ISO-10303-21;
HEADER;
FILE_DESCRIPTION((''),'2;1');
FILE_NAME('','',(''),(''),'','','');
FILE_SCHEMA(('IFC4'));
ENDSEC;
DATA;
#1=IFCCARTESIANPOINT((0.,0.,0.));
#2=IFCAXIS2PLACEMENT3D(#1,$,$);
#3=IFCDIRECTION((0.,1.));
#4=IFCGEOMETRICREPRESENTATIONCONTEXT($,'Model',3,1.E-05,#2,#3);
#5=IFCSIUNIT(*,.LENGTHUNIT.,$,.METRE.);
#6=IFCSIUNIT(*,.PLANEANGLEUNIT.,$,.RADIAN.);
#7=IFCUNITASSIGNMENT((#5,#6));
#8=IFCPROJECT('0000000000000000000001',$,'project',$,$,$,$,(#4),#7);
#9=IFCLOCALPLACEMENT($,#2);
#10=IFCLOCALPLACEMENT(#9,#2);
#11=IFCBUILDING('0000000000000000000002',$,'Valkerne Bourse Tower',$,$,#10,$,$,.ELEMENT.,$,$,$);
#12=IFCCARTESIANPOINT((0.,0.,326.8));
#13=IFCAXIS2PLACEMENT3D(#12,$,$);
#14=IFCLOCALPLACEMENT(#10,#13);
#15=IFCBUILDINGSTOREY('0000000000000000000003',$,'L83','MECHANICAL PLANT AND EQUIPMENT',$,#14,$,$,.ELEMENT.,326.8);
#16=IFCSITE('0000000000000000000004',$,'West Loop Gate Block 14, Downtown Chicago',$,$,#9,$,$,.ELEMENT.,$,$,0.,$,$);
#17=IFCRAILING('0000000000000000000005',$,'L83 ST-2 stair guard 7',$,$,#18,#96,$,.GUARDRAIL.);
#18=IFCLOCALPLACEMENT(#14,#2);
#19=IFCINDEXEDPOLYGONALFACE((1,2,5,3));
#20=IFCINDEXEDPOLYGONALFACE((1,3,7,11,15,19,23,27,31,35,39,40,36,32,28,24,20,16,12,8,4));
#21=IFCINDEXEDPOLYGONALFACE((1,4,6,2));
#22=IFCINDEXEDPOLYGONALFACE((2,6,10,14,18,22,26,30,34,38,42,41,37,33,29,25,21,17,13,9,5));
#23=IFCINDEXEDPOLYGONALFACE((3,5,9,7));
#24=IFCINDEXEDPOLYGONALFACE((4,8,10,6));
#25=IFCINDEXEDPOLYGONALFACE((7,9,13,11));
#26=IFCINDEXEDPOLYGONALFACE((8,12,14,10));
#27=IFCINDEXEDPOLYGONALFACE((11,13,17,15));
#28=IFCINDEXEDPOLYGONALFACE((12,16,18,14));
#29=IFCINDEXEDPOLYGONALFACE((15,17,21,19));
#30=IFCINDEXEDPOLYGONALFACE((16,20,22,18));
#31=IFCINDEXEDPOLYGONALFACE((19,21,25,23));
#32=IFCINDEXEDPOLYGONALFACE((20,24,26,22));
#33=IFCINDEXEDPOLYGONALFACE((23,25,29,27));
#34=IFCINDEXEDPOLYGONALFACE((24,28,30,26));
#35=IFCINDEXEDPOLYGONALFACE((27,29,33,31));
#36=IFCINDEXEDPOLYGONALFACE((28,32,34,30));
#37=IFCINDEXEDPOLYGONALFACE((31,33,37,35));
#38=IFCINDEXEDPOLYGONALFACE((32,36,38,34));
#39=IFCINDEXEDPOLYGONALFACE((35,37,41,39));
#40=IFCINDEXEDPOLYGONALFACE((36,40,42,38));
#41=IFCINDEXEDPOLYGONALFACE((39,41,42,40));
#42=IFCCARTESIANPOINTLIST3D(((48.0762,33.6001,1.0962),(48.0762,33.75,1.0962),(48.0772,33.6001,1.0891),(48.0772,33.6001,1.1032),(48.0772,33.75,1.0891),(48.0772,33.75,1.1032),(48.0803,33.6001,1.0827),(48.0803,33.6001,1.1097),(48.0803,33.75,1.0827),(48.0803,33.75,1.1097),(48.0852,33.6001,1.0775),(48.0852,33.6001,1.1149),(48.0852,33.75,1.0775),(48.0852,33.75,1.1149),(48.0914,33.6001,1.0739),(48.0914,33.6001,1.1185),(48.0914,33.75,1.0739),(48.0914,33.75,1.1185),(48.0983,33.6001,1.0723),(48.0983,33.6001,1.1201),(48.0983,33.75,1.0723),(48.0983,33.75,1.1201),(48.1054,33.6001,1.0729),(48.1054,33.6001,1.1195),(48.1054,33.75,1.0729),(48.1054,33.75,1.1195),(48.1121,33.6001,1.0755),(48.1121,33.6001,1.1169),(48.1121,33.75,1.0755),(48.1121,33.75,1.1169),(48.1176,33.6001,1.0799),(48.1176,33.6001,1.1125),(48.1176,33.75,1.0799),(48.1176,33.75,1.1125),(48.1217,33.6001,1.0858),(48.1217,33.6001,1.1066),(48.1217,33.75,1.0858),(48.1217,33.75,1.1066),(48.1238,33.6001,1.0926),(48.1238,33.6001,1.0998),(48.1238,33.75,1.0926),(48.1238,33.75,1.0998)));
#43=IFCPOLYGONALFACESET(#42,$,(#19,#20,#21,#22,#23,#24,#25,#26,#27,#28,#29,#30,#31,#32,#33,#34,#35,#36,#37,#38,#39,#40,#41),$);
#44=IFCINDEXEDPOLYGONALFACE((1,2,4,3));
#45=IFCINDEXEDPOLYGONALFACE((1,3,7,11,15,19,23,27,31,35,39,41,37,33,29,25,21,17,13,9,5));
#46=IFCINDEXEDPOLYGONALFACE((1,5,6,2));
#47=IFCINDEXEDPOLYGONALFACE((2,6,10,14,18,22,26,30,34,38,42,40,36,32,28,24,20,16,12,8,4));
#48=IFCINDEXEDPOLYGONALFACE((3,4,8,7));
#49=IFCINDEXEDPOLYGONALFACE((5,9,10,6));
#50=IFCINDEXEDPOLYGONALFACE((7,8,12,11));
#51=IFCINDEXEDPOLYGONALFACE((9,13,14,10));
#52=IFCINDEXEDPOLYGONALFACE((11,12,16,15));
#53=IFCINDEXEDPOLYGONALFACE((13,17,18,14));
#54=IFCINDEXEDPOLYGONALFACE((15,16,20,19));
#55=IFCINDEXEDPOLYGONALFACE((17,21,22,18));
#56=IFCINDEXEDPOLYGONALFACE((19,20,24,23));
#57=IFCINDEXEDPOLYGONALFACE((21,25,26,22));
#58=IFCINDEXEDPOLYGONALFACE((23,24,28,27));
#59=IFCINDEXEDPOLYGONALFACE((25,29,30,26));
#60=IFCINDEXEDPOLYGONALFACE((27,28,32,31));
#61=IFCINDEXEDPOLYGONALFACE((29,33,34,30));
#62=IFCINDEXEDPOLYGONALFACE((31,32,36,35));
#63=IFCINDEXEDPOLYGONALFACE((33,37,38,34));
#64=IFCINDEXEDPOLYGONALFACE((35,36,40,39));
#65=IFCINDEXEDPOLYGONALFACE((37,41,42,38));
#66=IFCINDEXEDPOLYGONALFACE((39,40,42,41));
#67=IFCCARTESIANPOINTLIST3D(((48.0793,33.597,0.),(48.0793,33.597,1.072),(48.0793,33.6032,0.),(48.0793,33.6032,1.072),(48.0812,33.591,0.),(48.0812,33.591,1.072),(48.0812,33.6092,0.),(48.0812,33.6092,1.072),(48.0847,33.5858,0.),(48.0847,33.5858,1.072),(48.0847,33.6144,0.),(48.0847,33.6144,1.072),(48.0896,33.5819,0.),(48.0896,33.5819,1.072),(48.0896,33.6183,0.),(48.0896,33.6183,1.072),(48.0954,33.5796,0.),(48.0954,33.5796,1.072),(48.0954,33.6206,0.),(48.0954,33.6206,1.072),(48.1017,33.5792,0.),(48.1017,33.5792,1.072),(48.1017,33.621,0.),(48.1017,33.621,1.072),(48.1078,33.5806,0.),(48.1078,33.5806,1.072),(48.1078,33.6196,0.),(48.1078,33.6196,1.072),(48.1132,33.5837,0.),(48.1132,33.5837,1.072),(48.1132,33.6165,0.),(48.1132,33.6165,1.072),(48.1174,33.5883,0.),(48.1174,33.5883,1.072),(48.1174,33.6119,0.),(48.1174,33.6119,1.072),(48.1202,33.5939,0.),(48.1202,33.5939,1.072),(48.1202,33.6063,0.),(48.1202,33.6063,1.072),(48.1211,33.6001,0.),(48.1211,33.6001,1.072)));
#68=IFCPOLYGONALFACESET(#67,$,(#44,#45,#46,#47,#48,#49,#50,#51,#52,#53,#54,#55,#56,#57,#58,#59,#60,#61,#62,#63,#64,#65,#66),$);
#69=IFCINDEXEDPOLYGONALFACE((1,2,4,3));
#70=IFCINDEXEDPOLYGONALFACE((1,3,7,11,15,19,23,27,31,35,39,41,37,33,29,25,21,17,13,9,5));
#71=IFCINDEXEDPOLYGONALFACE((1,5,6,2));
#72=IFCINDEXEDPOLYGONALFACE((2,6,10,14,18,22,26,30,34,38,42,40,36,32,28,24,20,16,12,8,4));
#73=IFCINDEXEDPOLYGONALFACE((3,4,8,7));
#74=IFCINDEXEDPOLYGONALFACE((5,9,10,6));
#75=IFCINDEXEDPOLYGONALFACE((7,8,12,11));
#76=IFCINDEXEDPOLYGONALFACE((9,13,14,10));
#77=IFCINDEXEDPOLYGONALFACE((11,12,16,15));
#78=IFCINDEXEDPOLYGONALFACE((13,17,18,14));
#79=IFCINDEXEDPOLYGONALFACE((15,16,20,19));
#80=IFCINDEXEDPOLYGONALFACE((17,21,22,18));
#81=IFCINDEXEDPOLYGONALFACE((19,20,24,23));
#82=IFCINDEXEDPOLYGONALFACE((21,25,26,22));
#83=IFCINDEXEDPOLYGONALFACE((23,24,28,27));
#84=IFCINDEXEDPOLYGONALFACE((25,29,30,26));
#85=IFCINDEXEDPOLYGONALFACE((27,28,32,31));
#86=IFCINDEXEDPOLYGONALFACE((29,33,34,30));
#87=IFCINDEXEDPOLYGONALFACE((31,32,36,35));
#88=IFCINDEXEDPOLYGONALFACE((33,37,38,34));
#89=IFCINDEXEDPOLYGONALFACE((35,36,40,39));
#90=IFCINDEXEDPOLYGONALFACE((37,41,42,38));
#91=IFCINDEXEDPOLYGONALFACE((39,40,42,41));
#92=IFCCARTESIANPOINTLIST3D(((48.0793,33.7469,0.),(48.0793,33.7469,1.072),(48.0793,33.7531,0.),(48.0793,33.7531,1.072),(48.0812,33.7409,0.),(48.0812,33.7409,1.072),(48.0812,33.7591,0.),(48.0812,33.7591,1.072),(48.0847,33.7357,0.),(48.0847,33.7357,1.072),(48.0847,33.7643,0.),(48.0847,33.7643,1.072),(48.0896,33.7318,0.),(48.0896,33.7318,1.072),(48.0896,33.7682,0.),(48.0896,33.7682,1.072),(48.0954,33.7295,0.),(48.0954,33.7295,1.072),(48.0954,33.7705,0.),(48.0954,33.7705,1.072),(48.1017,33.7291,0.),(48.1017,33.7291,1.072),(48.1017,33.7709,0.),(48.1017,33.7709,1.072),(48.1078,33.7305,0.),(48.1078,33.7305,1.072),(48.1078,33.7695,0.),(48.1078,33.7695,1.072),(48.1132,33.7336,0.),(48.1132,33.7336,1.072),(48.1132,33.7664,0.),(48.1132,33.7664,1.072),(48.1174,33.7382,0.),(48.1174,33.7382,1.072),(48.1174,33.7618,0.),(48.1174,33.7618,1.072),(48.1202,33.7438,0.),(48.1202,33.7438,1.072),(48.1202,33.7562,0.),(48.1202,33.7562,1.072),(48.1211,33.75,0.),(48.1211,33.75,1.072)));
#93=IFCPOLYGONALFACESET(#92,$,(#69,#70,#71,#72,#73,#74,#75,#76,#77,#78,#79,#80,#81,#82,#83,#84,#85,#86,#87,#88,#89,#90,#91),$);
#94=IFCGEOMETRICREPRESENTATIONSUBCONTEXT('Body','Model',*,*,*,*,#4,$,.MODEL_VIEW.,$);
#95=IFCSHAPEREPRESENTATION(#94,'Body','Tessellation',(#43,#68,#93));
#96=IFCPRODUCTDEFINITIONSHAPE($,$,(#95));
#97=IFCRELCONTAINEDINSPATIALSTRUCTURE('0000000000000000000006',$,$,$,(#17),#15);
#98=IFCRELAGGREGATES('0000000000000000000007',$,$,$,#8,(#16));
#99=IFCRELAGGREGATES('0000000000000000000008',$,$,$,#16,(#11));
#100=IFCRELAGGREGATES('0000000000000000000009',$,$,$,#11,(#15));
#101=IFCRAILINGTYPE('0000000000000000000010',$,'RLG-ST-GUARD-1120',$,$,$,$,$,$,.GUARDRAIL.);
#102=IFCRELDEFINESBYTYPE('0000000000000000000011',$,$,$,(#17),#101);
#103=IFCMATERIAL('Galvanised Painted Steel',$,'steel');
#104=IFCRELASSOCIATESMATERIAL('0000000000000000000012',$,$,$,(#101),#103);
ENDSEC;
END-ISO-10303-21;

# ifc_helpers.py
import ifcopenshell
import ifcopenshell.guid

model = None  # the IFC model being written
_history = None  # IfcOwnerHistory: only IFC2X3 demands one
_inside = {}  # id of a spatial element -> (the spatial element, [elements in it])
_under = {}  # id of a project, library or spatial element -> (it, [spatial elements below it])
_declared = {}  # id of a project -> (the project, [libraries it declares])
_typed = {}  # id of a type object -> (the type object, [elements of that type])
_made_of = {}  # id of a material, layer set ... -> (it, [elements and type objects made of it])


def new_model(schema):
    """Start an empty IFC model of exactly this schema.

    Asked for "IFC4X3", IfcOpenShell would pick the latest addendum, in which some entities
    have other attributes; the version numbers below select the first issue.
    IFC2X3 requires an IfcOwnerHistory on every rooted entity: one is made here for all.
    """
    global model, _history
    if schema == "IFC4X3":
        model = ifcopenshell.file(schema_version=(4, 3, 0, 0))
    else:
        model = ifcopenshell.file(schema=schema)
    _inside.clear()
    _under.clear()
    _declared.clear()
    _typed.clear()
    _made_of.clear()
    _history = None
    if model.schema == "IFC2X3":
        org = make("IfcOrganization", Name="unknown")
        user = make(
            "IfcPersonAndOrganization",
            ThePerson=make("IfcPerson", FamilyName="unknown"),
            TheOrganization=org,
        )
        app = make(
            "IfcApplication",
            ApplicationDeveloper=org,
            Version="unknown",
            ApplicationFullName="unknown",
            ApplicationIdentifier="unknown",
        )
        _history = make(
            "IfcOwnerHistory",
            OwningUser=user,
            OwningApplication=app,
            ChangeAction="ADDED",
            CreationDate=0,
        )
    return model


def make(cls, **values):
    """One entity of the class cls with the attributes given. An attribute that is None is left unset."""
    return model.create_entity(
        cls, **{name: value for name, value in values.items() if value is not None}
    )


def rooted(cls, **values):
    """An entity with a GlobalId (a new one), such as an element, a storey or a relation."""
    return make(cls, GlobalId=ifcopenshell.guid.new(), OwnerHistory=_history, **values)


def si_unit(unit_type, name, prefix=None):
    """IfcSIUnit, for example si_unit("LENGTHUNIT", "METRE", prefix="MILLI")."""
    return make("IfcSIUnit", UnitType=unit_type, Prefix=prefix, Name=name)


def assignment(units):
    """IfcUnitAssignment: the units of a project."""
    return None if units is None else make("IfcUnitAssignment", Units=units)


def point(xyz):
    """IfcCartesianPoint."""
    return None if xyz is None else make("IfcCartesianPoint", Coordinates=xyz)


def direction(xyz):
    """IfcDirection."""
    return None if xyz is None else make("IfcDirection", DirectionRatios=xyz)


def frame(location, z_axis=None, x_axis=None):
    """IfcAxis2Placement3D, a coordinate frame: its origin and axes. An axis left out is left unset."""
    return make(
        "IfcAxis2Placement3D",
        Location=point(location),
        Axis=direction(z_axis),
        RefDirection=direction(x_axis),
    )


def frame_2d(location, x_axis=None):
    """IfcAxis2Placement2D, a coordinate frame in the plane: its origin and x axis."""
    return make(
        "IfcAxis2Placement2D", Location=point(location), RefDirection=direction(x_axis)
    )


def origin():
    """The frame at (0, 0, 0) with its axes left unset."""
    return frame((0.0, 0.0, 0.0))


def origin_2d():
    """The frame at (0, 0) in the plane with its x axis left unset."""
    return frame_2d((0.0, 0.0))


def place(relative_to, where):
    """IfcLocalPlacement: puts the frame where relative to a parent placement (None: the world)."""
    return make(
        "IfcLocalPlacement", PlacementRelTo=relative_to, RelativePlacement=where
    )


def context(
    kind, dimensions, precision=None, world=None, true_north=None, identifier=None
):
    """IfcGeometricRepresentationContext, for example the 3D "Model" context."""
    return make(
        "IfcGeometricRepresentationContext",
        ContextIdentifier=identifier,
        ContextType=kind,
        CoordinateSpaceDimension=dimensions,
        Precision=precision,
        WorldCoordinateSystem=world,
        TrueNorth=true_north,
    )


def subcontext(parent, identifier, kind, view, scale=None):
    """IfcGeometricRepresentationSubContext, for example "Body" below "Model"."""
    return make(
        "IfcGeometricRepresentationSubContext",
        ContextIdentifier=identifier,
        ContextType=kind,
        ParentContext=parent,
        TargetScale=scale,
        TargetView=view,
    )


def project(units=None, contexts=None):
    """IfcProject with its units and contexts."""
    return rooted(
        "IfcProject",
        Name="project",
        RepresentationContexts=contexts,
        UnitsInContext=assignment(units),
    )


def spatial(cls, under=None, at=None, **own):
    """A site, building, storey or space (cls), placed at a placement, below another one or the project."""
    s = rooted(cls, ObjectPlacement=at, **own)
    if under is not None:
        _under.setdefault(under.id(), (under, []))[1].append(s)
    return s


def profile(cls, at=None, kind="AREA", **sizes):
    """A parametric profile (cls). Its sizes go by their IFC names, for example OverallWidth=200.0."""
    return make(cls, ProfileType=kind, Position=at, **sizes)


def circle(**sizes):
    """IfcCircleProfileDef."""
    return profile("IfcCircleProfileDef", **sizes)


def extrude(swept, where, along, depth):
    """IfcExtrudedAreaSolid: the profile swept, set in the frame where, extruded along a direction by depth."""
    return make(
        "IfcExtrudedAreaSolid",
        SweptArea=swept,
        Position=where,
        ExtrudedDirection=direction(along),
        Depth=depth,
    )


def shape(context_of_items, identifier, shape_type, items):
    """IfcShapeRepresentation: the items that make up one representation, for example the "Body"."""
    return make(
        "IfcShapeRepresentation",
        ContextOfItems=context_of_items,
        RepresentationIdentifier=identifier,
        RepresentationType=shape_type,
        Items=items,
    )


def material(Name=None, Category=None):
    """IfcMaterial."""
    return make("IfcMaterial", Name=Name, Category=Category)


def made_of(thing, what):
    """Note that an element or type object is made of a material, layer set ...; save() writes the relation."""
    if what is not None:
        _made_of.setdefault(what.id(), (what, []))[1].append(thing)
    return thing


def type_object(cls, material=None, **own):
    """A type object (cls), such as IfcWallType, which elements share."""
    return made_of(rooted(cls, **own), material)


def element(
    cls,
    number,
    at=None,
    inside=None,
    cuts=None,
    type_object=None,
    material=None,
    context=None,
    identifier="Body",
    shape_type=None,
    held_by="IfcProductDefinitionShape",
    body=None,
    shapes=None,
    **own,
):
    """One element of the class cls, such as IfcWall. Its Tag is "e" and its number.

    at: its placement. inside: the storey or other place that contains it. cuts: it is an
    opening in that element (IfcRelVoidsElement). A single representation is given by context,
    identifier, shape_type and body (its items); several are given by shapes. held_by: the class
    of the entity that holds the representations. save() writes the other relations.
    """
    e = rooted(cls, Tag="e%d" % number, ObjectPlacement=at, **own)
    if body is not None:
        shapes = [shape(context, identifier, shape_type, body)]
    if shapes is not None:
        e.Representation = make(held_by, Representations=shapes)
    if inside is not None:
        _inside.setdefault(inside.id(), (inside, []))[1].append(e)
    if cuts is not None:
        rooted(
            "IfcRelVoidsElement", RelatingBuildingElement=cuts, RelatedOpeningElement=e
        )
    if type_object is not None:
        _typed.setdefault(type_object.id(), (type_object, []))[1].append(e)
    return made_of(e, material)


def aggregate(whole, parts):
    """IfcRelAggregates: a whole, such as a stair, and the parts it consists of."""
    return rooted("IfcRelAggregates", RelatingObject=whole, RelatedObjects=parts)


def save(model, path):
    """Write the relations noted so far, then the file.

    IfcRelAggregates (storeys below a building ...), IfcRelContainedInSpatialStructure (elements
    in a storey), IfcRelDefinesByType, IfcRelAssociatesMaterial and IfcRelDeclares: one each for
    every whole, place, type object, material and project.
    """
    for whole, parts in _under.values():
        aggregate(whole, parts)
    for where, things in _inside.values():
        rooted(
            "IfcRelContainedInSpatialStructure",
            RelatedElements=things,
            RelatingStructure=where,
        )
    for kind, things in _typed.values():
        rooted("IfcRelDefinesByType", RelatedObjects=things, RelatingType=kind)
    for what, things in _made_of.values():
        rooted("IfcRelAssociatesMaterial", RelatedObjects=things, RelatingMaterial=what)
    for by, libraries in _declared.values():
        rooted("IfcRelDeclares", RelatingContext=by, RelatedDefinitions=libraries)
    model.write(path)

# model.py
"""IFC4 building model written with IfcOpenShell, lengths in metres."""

from ifc_helpers import new_model, si_unit, direction, frame, origin, origin_2d, place, context, subcontext, project, spatial, circle, extrude, material, type_object, element, save


model = new_model("IFC4")

# Units and contexts
model_context = context("Model", 3, precision=1e-05, world=origin(), true_north=direction((0.0, 1.0)))
body_context = subcontext(model_context, "Body", "Model", "MODEL_VIEW")
ifc_project = project(units=[si_unit("LENGTHUNIT", "METRE"), si_unit("PLANEANGLEUNIT", "RADIAN")], contexts=[model_context])

# Site, building, storey
site_placement = place(None, origin())
site = spatial("IfcSite", under=ifc_project, at=site_placement, Name="West Loop Gate Block 14, Downtown Chicago", CompositionType="ELEMENT", RefElevation=0.0)
building_placement = place(site_placement, origin())
building = spatial("IfcBuilding", under=site, at=building_placement, Name="Valkerne Bourse Tower", CompositionType="ELEMENT")
storey_placement = place(building_placement, frame((0.0, 0.0, 326.8)))
storey = spatial("IfcBuildingStorey", under=building, at=storey_placement, Name="L83", Description="MECHANICAL PLANT AND EQUIPMENT", CompositionType="ELEMENT", Elevation=326.8)

# Railing
ifc_material_1 = material(Name="Galvanised Painted Steel", Category="steel")
railing_type_1 = type_object("IfcRailingType", Name="RLG-ST-GUARD-1120", PredefinedType="GUARDRAIL", material=ifc_material_1)
railing_1_placement = place(storey_placement, frame((48.1001, 33.6001, 0.0)))
element("IfcRailing", 1, at=railing_1_placement, inside=storey, type_object=railing_type_1, Name="L83 ST-2 stair guard 7", PredefinedType="GUARDRAIL", context=body_context, shape_type="SweptSolid", body=[
    extrude(circle(Radius=0.0239, at=origin_2d()), frame((0.0, 0.0, 1.0962), z_axis=(0.0, 1.0, 0.0), x_axis=(-1.0, 0.0, 0.0)), (0.0, 0.0, 1.0), 0.1499),
    extrude(circle(Radius=0.021, at=origin_2d()), origin(), (0.0, 0.0, 1.0), 1.072),
    extrude(circle(Radius=0.021, at=origin_2d()), frame((0.0, 0.1499, 0.0)), (0.0, 0.0, 1.0), 1.072),
])

save(model, "model.ifc")
